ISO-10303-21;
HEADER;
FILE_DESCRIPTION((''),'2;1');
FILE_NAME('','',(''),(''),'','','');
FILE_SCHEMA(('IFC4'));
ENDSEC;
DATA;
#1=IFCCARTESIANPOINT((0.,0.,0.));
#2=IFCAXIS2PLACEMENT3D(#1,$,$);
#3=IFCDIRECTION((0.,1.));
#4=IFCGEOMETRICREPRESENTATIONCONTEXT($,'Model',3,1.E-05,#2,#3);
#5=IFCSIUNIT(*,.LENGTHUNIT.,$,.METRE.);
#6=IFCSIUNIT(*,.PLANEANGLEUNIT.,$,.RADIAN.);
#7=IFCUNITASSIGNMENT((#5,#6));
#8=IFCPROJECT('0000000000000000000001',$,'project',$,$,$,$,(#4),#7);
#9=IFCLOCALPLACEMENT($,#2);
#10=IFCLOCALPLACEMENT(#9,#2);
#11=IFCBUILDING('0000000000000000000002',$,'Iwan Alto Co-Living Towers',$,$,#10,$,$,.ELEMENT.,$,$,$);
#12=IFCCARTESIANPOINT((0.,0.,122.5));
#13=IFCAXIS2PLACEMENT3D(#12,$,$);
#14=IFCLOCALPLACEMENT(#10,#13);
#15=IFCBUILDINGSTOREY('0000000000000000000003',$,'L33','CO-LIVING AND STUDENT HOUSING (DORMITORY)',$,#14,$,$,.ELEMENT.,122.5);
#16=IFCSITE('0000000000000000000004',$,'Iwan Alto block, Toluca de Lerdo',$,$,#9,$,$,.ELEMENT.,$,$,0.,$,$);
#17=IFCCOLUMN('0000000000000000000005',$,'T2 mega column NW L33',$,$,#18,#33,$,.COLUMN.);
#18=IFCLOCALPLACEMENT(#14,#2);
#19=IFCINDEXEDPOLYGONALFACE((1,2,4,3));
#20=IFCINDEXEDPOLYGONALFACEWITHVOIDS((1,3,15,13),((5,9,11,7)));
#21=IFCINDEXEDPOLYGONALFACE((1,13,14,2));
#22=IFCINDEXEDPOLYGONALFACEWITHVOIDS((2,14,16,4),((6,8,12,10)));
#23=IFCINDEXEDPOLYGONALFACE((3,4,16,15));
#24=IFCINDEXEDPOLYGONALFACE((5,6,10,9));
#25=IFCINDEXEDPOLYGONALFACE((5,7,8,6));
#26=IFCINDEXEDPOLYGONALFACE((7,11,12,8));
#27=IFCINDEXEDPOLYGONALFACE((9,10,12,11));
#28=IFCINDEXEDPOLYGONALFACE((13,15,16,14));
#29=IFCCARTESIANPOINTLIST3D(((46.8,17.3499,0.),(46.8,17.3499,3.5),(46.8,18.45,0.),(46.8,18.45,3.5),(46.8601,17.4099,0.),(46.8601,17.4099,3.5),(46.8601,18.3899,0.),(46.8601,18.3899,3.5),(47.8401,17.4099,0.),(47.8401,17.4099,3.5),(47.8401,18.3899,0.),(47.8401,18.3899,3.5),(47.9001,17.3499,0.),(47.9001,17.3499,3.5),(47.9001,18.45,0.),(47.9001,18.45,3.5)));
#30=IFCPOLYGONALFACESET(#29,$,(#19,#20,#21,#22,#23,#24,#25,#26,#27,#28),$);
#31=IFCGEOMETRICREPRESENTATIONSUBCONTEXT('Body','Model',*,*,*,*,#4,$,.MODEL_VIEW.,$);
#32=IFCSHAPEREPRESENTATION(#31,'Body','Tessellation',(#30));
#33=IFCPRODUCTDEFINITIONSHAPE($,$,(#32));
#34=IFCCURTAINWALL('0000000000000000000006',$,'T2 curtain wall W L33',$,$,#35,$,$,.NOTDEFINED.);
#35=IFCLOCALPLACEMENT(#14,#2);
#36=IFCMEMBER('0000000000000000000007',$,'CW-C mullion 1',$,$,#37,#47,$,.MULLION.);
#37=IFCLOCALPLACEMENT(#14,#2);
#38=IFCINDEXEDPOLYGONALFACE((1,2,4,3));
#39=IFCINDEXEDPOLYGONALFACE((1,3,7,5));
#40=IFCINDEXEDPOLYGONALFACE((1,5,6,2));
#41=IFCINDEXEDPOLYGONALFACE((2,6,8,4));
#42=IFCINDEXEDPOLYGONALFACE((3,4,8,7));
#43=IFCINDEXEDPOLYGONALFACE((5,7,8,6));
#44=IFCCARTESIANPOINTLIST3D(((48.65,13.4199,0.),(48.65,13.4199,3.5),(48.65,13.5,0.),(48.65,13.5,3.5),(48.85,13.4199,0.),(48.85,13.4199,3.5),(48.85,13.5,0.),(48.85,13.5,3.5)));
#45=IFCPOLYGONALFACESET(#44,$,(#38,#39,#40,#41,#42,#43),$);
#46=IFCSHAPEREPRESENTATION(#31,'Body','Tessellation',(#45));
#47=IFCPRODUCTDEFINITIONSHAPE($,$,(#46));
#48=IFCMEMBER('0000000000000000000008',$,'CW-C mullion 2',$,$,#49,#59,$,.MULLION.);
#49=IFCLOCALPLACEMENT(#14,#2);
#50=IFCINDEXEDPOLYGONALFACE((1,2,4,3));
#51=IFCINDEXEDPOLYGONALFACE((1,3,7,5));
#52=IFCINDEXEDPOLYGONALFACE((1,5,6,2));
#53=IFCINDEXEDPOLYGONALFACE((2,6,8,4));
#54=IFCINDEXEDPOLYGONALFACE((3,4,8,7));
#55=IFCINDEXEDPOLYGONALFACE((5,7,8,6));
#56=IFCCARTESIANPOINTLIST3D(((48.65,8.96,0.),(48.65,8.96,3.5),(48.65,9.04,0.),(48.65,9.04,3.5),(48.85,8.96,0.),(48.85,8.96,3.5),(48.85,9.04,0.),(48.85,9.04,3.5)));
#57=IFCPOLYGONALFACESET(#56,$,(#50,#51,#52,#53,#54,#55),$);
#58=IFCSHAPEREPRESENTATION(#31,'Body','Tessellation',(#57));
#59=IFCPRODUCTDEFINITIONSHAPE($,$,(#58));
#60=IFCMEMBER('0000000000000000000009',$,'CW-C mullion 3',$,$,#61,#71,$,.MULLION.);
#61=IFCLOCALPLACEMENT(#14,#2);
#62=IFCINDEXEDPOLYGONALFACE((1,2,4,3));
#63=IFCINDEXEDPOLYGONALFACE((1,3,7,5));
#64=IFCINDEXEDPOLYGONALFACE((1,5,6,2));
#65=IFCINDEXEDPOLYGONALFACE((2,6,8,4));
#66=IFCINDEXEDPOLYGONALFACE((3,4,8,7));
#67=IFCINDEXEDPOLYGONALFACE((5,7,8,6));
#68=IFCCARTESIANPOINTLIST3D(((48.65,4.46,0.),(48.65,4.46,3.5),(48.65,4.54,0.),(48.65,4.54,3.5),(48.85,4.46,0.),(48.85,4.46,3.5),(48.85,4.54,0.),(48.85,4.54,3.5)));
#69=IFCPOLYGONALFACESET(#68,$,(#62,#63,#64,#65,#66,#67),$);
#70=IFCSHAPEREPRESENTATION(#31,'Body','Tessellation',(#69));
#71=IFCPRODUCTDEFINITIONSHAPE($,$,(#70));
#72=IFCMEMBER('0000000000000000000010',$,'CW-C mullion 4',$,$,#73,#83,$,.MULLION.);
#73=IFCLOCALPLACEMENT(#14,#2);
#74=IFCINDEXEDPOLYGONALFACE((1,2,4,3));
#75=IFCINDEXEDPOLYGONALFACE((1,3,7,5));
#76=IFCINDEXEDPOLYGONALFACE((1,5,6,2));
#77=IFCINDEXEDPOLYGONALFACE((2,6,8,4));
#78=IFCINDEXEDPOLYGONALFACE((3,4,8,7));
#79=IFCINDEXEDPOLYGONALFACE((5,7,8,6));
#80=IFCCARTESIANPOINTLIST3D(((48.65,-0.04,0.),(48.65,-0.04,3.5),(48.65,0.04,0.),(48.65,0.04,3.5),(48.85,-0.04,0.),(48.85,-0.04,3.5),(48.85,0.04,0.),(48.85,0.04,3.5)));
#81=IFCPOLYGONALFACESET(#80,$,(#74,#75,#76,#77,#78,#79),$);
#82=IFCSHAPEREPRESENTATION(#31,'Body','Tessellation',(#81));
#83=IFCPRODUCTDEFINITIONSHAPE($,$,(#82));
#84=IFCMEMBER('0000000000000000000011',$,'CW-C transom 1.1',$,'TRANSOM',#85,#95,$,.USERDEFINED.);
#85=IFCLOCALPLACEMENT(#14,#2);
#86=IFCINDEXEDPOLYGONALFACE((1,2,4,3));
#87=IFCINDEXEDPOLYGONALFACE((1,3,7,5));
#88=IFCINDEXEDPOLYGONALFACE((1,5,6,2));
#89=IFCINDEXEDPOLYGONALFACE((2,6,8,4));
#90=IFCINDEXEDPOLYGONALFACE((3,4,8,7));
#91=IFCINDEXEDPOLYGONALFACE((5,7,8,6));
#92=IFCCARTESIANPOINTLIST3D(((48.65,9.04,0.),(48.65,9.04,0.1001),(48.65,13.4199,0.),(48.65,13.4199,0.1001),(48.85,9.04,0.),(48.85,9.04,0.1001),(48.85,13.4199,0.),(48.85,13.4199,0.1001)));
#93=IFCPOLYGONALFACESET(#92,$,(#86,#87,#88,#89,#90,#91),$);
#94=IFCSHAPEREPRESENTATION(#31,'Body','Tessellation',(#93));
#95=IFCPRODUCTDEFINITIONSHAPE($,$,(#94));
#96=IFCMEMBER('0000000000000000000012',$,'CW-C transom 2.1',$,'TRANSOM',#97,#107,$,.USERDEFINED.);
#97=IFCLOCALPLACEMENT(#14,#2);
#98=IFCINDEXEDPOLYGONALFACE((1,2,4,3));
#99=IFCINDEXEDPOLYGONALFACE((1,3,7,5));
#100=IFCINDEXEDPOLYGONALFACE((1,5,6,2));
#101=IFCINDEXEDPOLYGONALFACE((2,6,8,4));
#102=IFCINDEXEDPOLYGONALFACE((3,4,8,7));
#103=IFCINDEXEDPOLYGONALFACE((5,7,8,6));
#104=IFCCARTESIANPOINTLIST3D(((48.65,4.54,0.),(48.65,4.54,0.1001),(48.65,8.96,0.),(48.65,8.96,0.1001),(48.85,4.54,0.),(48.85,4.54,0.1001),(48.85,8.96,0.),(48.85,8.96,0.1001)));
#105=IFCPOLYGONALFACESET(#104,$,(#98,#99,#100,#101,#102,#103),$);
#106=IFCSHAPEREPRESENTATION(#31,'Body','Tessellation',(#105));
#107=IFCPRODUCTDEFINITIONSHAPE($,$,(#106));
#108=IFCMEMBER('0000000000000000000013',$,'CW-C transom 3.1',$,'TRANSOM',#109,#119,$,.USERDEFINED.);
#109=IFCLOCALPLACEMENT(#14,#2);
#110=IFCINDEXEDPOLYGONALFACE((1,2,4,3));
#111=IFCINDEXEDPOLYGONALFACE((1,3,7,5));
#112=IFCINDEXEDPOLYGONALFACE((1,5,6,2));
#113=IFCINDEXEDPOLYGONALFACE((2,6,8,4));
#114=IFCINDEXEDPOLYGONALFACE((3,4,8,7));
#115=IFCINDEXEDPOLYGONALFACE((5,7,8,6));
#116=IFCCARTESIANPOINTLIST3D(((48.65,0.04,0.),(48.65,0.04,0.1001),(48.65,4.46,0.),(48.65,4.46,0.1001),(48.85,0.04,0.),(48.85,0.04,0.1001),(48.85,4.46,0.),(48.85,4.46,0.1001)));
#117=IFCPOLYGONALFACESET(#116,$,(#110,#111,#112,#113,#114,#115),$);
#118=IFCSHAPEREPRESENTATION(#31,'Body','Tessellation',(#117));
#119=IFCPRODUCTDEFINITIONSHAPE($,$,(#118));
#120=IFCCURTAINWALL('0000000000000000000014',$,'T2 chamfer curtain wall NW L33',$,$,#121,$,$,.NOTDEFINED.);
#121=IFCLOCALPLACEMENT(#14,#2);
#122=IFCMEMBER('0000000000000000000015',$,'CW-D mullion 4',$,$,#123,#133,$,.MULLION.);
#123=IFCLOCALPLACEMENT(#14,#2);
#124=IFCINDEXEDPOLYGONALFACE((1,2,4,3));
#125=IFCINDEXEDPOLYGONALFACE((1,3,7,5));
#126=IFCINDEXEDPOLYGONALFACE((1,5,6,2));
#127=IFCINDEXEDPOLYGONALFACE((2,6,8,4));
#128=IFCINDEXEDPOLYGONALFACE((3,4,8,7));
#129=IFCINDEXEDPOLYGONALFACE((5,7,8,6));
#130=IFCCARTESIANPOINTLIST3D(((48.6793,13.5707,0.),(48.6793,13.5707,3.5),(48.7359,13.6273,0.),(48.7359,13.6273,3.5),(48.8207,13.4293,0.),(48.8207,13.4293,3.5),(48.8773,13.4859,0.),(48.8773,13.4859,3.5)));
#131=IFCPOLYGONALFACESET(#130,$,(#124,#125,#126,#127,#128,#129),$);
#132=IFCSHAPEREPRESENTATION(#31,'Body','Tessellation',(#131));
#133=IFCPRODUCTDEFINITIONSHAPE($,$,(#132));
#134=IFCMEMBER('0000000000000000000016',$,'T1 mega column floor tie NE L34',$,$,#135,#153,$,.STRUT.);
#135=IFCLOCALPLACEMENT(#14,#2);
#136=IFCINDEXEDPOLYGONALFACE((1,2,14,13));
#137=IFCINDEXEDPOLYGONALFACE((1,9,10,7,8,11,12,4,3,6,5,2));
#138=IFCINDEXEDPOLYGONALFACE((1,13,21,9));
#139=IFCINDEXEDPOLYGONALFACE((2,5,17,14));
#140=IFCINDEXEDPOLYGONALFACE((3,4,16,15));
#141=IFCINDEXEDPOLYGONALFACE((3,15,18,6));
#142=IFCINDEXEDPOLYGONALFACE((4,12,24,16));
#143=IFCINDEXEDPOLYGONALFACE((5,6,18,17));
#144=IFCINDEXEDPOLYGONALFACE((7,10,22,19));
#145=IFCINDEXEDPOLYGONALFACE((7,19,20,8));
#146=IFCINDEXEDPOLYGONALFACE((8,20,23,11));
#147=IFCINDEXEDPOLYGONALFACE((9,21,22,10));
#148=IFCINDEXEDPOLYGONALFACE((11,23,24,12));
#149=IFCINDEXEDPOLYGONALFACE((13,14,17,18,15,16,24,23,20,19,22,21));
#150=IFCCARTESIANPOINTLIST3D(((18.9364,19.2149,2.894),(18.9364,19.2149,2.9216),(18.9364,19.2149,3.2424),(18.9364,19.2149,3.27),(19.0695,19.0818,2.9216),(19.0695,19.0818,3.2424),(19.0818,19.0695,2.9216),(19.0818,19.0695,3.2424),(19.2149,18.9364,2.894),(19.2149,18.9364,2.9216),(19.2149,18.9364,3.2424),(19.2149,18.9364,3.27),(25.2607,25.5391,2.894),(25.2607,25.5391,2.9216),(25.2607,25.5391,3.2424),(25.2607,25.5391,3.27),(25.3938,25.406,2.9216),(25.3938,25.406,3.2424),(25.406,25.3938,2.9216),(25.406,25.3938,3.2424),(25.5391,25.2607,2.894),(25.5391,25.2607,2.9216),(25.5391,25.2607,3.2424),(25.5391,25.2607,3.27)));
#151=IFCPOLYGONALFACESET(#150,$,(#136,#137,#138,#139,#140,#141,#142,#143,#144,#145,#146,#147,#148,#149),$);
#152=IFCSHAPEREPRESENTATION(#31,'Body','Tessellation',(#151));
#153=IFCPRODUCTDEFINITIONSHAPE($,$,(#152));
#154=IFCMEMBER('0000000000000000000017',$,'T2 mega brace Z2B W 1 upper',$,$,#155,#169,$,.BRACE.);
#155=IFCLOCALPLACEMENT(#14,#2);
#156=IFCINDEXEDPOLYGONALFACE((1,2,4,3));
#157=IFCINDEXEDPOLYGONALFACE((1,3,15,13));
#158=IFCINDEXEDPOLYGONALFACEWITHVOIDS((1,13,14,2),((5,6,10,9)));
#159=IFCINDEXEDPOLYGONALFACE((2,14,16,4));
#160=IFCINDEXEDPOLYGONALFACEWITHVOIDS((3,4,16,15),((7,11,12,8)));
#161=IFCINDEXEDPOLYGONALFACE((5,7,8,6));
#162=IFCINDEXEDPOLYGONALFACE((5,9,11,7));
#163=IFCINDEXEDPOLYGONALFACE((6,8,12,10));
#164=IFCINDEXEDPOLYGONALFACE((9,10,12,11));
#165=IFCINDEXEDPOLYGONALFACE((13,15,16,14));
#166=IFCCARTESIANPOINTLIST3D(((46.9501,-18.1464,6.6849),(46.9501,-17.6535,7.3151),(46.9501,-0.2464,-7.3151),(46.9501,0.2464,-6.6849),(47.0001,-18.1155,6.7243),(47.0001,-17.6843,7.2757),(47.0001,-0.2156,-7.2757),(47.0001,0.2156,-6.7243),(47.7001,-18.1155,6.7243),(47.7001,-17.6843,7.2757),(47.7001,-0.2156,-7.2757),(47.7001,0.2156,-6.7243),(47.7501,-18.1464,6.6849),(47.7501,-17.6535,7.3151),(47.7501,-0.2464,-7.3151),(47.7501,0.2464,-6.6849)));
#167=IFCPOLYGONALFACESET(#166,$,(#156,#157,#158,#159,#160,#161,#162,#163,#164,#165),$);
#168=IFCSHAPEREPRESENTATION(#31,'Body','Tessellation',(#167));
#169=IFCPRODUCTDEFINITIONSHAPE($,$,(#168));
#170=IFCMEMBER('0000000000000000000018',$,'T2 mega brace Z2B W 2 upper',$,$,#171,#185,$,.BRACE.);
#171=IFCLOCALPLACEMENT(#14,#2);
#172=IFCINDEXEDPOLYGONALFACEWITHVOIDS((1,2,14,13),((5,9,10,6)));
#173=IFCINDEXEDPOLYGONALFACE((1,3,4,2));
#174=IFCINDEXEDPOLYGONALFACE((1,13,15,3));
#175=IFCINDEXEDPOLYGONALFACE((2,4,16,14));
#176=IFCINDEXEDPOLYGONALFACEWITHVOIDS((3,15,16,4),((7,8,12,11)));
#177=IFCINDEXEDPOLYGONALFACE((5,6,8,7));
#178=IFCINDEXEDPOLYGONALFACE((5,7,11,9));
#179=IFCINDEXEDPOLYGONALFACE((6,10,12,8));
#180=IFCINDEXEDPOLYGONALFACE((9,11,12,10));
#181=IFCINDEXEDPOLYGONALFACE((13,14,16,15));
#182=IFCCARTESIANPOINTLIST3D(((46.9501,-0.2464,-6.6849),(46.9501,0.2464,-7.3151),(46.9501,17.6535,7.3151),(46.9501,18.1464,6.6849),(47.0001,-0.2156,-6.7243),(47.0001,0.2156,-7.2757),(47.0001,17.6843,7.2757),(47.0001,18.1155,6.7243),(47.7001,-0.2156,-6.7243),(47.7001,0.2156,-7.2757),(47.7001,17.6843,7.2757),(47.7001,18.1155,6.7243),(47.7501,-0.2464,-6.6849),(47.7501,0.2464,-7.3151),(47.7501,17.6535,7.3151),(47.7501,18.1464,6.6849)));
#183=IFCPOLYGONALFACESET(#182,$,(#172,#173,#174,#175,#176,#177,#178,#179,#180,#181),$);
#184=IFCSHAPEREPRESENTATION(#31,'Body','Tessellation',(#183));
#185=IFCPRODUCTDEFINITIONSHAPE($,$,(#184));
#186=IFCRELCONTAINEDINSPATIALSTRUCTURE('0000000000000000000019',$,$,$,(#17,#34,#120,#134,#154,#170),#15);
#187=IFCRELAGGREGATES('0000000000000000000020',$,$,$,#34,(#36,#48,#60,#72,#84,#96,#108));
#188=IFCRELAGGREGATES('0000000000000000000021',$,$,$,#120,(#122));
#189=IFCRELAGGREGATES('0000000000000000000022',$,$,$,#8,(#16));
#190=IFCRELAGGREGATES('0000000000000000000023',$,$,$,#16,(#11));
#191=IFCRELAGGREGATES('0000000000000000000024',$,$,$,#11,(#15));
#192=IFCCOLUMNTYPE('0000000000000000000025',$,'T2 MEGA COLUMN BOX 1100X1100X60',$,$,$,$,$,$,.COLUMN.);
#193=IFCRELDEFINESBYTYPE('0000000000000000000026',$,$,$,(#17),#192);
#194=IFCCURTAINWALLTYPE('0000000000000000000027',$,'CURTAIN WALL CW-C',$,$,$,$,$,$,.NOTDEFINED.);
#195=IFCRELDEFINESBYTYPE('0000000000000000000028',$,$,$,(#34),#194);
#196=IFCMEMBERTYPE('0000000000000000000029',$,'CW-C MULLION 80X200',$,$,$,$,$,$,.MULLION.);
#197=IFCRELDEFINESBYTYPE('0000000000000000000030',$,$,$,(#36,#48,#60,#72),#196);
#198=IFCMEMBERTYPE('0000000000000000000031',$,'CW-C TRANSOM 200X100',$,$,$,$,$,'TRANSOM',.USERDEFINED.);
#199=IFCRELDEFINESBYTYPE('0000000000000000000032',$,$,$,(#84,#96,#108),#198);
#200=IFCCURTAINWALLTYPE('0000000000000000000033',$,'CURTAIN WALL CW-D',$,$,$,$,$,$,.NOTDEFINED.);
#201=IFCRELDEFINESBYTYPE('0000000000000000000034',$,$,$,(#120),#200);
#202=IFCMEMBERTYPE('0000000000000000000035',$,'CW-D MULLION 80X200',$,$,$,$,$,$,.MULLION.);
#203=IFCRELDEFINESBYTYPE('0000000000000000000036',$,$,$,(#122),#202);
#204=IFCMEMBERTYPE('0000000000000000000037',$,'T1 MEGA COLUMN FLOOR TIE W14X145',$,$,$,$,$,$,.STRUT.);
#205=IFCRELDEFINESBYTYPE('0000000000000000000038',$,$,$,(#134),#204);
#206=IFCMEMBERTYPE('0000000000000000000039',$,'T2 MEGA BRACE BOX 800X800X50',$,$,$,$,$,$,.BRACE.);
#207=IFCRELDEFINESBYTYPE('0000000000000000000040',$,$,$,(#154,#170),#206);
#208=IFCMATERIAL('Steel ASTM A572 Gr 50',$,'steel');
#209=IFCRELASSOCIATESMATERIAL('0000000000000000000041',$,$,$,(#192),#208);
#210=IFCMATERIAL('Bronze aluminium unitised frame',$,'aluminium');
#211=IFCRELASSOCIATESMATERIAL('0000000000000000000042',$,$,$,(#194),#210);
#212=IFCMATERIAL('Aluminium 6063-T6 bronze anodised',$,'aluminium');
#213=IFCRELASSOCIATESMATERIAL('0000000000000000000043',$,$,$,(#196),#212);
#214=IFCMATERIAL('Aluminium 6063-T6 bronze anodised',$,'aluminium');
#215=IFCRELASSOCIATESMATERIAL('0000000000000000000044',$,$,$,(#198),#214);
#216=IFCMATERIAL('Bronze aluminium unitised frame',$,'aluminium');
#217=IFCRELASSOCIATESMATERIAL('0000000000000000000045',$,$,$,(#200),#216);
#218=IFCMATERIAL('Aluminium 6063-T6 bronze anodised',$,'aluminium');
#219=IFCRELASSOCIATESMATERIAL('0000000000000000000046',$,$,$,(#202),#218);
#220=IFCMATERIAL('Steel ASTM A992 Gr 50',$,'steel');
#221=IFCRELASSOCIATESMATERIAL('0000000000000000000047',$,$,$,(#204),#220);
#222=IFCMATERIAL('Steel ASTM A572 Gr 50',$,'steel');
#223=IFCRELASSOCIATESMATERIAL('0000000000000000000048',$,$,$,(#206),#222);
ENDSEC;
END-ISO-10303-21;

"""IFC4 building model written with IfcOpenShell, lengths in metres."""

from ifc_helpers import new_model, si_unit, direction, frame, origin, origin_2d, place, context, subcontext, project, spatial, rectangle, hollow_rectangle, i_section, extrude, material, material_profile, profile_set, type_object, element, aggregate, save


model = new_model("IFC4")

# Units and contexts
model_context = context("Model", 3, precision=1e-05, world=origin(), true_north=direction((0.0, 1.0)))
body_context = subcontext(model_context, "Body", "Model", "MODEL_VIEW")
ifc_project = project(units=[si_unit("LENGTHUNIT", "METRE"), si_unit("PLANEANGLEUNIT", "RADIAN")], contexts=[model_context])

# Site, building, storey
site_placement = place(None, origin())
site = spatial("IfcSite", under=ifc_project, at=site_placement, Name="Iwan Alto block, Toluca de Lerdo", CompositionType="ELEMENT", RefElevation=0.0)
building_placement = place(site_placement, origin())
building = spatial("IfcBuilding", under=site, at=building_placement, Name="Iwan Alto Co-Living Towers", CompositionType="ELEMENT")
storey_placement = place(building_placement, frame((0.0, 0.0, 122.5)))
storey = spatial("IfcBuildingStorey", under=building, at=storey_placement, Name="L33", Description="CO-LIVING AND STUDENT HOUSING (DORMITORY)", CompositionType="ELEMENT", Elevation=122.5)

# Column
ifc_material_1 = material(Name="Steel ASTM A572 Gr 50", Category="steel")
ifc_material_profile_1 = material_profile(ifc_material_1, hollow_rectangle(XDim=1.1001, YDim=1.1001, WallThickness=0.0601, at=origin_2d()), Name="BOX 1100X1100X60")
ifc_profile_set_1 = profile_set([ifc_material_profile_1], Name="Steel ASTM A572 Gr 50")
column_type = type_object("IfcColumnType", Name="T2 MEGA COLUMN BOX 1100X1100X60", PredefinedType="COLUMN", material=ifc_profile_set_1)
column_placement = place(storey_placement, frame((47.3501, 17.8999, 0.0), z_axis=(0.0, 0.0, 1.0), x_axis=(1.0, 0.0, 0.0)))
element("IfcColumn", 1, at=column_placement, inside=storey, type_object=column_type, Name="T2 mega column NW L33", PredefinedType="COLUMN", context=body_context, shape_type="SweptSolid", body=[
    extrude(hollow_rectangle(XDim=1.1001, YDim=1.1001, WallThickness=0.0601, at=origin_2d()), origin(), (0.0, 0.0, 1.0), 3.5),
])

# Curtain wall, members
ifc_material_2 = material(Name="Bronze aluminium unitised frame", Category="aluminium")
curtain_wall_type_1 = type_object("IfcCurtainWallType", Name="CURTAIN WALL CW-C", PredefinedType="NOTDEFINED", material=ifc_material_2)
curtain_wall_1_placement = place(storey_placement, origin())
curtain_wall_1 = element("IfcCurtainWall", 2, at=curtain_wall_1_placement, inside=storey, type_object=curtain_wall_type_1, Name="T2 curtain wall W L33", PredefinedType="NOTDEFINED")
ifc_material_3 = material(Name="Aluminium 6063-T6 bronze anodised", Category="aluminium")
ifc_material_profile_2 = material_profile(ifc_material_3, rectangle(XDim=0.2, YDim=0.0801, at=origin_2d()), Name="AL 80X200")
ifc_profile_set_2 = profile_set([ifc_material_profile_2], Name="Aluminium 6063-T6 bronze anodised")
member_type_1 = type_object("IfcMemberType", Name="CW-C MULLION 80X200", PredefinedType="MULLION", material=ifc_profile_set_2)
member_1_placement = place(storey_placement, frame((48.75, 13.46, 0.0), z_axis=(0.0, 0.0, 1.0), x_axis=(1.0, 0.0, 0.0)))
member_1 = element("IfcMember", 3, at=member_1_placement, type_object=member_type_1, Name="CW-C mullion 1", PredefinedType="MULLION", context=body_context, shape_type="SweptSolid", body=[
    extrude(rectangle(XDim=0.2, YDim=0.0801, at=origin_2d()), origin(), (0.0, 0.0, 1.0), 3.5),
])
member_2_placement = place(storey_placement, frame((48.75, 9.0, 0.0), z_axis=(0.0, 0.0, 1.0), x_axis=(1.0, 0.0, 0.0)))
member_2 = element("IfcMember", 4, at=member_2_placement, type_object=member_type_1, Name="CW-C mullion 2", PredefinedType="MULLION", context=body_context, shape_type="SweptSolid", body=[
    extrude(rectangle(XDim=0.2, YDim=0.0801, at=origin_2d()), origin(), (0.0, 0.0, 1.0), 3.5),
])
member_3_placement = place(storey_placement, frame((48.75, 4.5, 0.0), z_axis=(0.0, 0.0, 1.0), x_axis=(1.0, 0.0, 0.0)))
member_3 = element("IfcMember", 5, at=member_3_placement, type_object=member_type_1, Name="CW-C mullion 3", PredefinedType="MULLION", context=body_context, shape_type="SweptSolid", body=[
    extrude(rectangle(XDim=0.2, YDim=0.0801, at=origin_2d()), origin(), (0.0, 0.0, 1.0), 3.5),
])
member_4_placement = place(storey_placement, frame((48.75, 0.0, 0.0), z_axis=(0.0, 0.0, 1.0), x_axis=(1.0, 0.0, 0.0)))
member_4 = element("IfcMember", 6, at=member_4_placement, type_object=member_type_1, Name="CW-C mullion 4", PredefinedType="MULLION", context=body_context, shape_type="SweptSolid", body=[
    extrude(rectangle(XDim=0.2, YDim=0.0801, at=origin_2d()), origin(), (0.0, 0.0, 1.0), 3.5),
])
ifc_material_4 = material(Name="Aluminium 6063-T6 bronze anodised", Category="aluminium")
ifc_material_profile_3 = material_profile(ifc_material_4, rectangle(XDim=0.2, YDim=0.1001, at=origin_2d()), Name="AL 200X100")
ifc_profile_set_3 = profile_set([ifc_material_profile_3], Name="Aluminium 6063-T6 bronze anodised")
member_type_2 = type_object("IfcMemberType", Name="CW-C TRANSOM 200X100", ElementType="TRANSOM", PredefinedType="USERDEFINED", material=ifc_profile_set_3)
member_5_placement = place(storey_placement, frame((48.75, 13.4199, 0.05), z_axis=(0.0, -1.0, 0.0), x_axis=(1.0, 0.0, 0.0)))
member_5 = element("IfcMember", 7, at=member_5_placement, type_object=member_type_2, Name="CW-C transom 1.1", ObjectType="TRANSOM", PredefinedType="USERDEFINED", context=body_context, shape_type="SweptSolid", body=[
    extrude(rectangle(XDim=0.2, YDim=0.1001, at=origin_2d()), origin(), (0.0, 0.0, 1.0), 4.3799),
])
member_6_placement = place(storey_placement, frame((48.75, 8.96, 0.05), z_axis=(0.0, -1.0, 0.0), x_axis=(1.0, 0.0, 0.0)))
member_6 = element("IfcMember", 8, at=member_6_placement, type_object=member_type_2, Name="CW-C transom 2.1", ObjectType="TRANSOM", PredefinedType="USERDEFINED", context=body_context, shape_type="SweptSolid", body=[
    extrude(rectangle(XDim=0.2, YDim=0.1001, at=origin_2d()), origin(), (0.0, 0.0, 1.0), 4.4199),
])
member_7_placement = place(storey_placement, frame((48.75, 4.46, 0.05), z_axis=(0.0, -1.0, 0.0), x_axis=(1.0, 0.0, 0.0)))
member_7 = element("IfcMember", 9, at=member_7_placement, type_object=member_type_2, Name="CW-C transom 3.1", ObjectType="TRANSOM", PredefinedType="USERDEFINED", context=body_context, shape_type="SweptSolid", body=[
    extrude(rectangle(XDim=0.2, YDim=0.1001, at=origin_2d()), origin(), (0.0, 0.0, 1.0), 4.4199),
])

# Curtain wall, member
ifc_material_5 = material(Name="Bronze aluminium unitised frame", Category="aluminium")
curtain_wall_type_2 = type_object("IfcCurtainWallType", Name="CURTAIN WALL CW-D", PredefinedType="NOTDEFINED", material=ifc_material_5)
curtain_wall_2_placement = place(storey_placement, origin())
curtain_wall_2 = element("IfcCurtainWall", 10, at=curtain_wall_2_placement, inside=storey, type_object=curtain_wall_type_2, Name="T2 chamfer curtain wall NW L33", PredefinedType="NOTDEFINED")
ifc_material_6 = material(Name="Aluminium 6063-T6 bronze anodised", Category="aluminium")
ifc_material_profile_4 = material_profile(ifc_material_6, rectangle(XDim=0.2, YDim=0.0801, at=origin_2d()), Name="AL 80X200")
ifc_profile_set_4 = profile_set([ifc_material_profile_4], Name="Aluminium 6063-T6 bronze anodised")
member_type_3 = type_object("IfcMemberType", Name="CW-D MULLION 80X200", PredefinedType="MULLION", material=ifc_profile_set_4)
member_8_placement = place(storey_placement, frame((48.7783, 13.5283, 0.0), z_axis=(0.0, 0.0, 1.0), x_axis=(0.707107, -0.707107, 0.0)))
member_8 = element("IfcMember", 11, at=member_8_placement, type_object=member_type_3, Name="CW-D mullion 4", PredefinedType="MULLION", context=body_context, shape_type="SweptSolid", body=[
    extrude(rectangle(XDim=0.2, YDim=0.0801, at=origin_2d()), origin(), (0.0, 0.0, 1.0), 3.5),
])

# Members
ifc_material_7 = material(Name="Steel ASTM A992 Gr 50", Category="steel")
ifc_material_profile_5 = material_profile(ifc_material_7, i_section(OverallWidth=0.3938, OverallDepth=0.376, WebThickness=0.0173, FlangeThickness=0.0276, at=origin_2d()), Name="W14X145")
ifc_profile_set_5 = profile_set([ifc_material_profile_5], Name="Steel ASTM A992 Gr 50")
member_type_4 = type_object("IfcMemberType", Name="T1 MEGA COLUMN FLOOR TIE W14X145", PredefinedType="STRUT", material=ifc_profile_set_5)
member_9_placement = place(storey_placement, frame((25.3999, 25.3999, 3.082), z_axis=(-0.707107, -0.707107, 0.0), x_axis=(0.707107, -0.707107, 0.0)))
element("IfcMember", 12, at=member_9_placement, inside=storey, type_object=member_type_4, Name="T1 mega column floor tie NE L34", PredefinedType="STRUT", context=body_context, shape_type="SweptSolid", body=[
    extrude(i_section(OverallWidth=0.3938, OverallDepth=0.376, WebThickness=0.0173, FlangeThickness=0.0276, at=origin_2d()), origin(), (0.0, 0.0, 1.0), 8.9438),
])
ifc_material_8 = material(Name="Steel ASTM A572 Gr 50", Category="steel")
ifc_material_profile_6 = material_profile(ifc_material_8, hollow_rectangle(XDim=0.8, YDim=0.8, WallThickness=0.05, at=origin_2d()), Name="BOX 800X800X50")
ifc_profile_set_6 = profile_set([ifc_material_profile_6], Name="Steel ASTM A572 Gr 50")
member_type_5 = type_object("IfcMemberType", Name="T2 MEGA BRACE BOX 800X800X50", PredefinedType="BRACE", material=ifc_profile_set_6)
for number, where, z_axis, x_axis, name in (
    (13, (47.3501, 0.0, -7.0), (0.0, -0.787689, 0.616073), (1.0, 0.0, 0.0), "T2 mega brace Z2B W 1 upper"),
    (14, (47.3501, 0.0, -7.0), (0.0, 0.787689, 0.616073), (-1.0, 0.0, 0.0), "T2 mega brace Z2B W 2 upper"),
):
    element("IfcMember", number, at=place(storey_placement, frame(where, z_axis=z_axis, x_axis=x_axis)), inside=storey, type_object=member_type_5, Name=name, PredefinedType="BRACE", context=body_context, shape_type="SweptSolid", body=[
        extrude(hollow_rectangle(XDim=0.8, YDim=0.8, WallThickness=0.05, at=origin_2d()), origin(), (0.0, 0.0, 1.0), 22.7246),
    ])

aggregate(curtain_wall_1, [member_1, member_2, member_3, member_4, member_5, member_6, member_7])
aggregate(curtain_wall_2, [member_8])

save(model, "model.ifc")
